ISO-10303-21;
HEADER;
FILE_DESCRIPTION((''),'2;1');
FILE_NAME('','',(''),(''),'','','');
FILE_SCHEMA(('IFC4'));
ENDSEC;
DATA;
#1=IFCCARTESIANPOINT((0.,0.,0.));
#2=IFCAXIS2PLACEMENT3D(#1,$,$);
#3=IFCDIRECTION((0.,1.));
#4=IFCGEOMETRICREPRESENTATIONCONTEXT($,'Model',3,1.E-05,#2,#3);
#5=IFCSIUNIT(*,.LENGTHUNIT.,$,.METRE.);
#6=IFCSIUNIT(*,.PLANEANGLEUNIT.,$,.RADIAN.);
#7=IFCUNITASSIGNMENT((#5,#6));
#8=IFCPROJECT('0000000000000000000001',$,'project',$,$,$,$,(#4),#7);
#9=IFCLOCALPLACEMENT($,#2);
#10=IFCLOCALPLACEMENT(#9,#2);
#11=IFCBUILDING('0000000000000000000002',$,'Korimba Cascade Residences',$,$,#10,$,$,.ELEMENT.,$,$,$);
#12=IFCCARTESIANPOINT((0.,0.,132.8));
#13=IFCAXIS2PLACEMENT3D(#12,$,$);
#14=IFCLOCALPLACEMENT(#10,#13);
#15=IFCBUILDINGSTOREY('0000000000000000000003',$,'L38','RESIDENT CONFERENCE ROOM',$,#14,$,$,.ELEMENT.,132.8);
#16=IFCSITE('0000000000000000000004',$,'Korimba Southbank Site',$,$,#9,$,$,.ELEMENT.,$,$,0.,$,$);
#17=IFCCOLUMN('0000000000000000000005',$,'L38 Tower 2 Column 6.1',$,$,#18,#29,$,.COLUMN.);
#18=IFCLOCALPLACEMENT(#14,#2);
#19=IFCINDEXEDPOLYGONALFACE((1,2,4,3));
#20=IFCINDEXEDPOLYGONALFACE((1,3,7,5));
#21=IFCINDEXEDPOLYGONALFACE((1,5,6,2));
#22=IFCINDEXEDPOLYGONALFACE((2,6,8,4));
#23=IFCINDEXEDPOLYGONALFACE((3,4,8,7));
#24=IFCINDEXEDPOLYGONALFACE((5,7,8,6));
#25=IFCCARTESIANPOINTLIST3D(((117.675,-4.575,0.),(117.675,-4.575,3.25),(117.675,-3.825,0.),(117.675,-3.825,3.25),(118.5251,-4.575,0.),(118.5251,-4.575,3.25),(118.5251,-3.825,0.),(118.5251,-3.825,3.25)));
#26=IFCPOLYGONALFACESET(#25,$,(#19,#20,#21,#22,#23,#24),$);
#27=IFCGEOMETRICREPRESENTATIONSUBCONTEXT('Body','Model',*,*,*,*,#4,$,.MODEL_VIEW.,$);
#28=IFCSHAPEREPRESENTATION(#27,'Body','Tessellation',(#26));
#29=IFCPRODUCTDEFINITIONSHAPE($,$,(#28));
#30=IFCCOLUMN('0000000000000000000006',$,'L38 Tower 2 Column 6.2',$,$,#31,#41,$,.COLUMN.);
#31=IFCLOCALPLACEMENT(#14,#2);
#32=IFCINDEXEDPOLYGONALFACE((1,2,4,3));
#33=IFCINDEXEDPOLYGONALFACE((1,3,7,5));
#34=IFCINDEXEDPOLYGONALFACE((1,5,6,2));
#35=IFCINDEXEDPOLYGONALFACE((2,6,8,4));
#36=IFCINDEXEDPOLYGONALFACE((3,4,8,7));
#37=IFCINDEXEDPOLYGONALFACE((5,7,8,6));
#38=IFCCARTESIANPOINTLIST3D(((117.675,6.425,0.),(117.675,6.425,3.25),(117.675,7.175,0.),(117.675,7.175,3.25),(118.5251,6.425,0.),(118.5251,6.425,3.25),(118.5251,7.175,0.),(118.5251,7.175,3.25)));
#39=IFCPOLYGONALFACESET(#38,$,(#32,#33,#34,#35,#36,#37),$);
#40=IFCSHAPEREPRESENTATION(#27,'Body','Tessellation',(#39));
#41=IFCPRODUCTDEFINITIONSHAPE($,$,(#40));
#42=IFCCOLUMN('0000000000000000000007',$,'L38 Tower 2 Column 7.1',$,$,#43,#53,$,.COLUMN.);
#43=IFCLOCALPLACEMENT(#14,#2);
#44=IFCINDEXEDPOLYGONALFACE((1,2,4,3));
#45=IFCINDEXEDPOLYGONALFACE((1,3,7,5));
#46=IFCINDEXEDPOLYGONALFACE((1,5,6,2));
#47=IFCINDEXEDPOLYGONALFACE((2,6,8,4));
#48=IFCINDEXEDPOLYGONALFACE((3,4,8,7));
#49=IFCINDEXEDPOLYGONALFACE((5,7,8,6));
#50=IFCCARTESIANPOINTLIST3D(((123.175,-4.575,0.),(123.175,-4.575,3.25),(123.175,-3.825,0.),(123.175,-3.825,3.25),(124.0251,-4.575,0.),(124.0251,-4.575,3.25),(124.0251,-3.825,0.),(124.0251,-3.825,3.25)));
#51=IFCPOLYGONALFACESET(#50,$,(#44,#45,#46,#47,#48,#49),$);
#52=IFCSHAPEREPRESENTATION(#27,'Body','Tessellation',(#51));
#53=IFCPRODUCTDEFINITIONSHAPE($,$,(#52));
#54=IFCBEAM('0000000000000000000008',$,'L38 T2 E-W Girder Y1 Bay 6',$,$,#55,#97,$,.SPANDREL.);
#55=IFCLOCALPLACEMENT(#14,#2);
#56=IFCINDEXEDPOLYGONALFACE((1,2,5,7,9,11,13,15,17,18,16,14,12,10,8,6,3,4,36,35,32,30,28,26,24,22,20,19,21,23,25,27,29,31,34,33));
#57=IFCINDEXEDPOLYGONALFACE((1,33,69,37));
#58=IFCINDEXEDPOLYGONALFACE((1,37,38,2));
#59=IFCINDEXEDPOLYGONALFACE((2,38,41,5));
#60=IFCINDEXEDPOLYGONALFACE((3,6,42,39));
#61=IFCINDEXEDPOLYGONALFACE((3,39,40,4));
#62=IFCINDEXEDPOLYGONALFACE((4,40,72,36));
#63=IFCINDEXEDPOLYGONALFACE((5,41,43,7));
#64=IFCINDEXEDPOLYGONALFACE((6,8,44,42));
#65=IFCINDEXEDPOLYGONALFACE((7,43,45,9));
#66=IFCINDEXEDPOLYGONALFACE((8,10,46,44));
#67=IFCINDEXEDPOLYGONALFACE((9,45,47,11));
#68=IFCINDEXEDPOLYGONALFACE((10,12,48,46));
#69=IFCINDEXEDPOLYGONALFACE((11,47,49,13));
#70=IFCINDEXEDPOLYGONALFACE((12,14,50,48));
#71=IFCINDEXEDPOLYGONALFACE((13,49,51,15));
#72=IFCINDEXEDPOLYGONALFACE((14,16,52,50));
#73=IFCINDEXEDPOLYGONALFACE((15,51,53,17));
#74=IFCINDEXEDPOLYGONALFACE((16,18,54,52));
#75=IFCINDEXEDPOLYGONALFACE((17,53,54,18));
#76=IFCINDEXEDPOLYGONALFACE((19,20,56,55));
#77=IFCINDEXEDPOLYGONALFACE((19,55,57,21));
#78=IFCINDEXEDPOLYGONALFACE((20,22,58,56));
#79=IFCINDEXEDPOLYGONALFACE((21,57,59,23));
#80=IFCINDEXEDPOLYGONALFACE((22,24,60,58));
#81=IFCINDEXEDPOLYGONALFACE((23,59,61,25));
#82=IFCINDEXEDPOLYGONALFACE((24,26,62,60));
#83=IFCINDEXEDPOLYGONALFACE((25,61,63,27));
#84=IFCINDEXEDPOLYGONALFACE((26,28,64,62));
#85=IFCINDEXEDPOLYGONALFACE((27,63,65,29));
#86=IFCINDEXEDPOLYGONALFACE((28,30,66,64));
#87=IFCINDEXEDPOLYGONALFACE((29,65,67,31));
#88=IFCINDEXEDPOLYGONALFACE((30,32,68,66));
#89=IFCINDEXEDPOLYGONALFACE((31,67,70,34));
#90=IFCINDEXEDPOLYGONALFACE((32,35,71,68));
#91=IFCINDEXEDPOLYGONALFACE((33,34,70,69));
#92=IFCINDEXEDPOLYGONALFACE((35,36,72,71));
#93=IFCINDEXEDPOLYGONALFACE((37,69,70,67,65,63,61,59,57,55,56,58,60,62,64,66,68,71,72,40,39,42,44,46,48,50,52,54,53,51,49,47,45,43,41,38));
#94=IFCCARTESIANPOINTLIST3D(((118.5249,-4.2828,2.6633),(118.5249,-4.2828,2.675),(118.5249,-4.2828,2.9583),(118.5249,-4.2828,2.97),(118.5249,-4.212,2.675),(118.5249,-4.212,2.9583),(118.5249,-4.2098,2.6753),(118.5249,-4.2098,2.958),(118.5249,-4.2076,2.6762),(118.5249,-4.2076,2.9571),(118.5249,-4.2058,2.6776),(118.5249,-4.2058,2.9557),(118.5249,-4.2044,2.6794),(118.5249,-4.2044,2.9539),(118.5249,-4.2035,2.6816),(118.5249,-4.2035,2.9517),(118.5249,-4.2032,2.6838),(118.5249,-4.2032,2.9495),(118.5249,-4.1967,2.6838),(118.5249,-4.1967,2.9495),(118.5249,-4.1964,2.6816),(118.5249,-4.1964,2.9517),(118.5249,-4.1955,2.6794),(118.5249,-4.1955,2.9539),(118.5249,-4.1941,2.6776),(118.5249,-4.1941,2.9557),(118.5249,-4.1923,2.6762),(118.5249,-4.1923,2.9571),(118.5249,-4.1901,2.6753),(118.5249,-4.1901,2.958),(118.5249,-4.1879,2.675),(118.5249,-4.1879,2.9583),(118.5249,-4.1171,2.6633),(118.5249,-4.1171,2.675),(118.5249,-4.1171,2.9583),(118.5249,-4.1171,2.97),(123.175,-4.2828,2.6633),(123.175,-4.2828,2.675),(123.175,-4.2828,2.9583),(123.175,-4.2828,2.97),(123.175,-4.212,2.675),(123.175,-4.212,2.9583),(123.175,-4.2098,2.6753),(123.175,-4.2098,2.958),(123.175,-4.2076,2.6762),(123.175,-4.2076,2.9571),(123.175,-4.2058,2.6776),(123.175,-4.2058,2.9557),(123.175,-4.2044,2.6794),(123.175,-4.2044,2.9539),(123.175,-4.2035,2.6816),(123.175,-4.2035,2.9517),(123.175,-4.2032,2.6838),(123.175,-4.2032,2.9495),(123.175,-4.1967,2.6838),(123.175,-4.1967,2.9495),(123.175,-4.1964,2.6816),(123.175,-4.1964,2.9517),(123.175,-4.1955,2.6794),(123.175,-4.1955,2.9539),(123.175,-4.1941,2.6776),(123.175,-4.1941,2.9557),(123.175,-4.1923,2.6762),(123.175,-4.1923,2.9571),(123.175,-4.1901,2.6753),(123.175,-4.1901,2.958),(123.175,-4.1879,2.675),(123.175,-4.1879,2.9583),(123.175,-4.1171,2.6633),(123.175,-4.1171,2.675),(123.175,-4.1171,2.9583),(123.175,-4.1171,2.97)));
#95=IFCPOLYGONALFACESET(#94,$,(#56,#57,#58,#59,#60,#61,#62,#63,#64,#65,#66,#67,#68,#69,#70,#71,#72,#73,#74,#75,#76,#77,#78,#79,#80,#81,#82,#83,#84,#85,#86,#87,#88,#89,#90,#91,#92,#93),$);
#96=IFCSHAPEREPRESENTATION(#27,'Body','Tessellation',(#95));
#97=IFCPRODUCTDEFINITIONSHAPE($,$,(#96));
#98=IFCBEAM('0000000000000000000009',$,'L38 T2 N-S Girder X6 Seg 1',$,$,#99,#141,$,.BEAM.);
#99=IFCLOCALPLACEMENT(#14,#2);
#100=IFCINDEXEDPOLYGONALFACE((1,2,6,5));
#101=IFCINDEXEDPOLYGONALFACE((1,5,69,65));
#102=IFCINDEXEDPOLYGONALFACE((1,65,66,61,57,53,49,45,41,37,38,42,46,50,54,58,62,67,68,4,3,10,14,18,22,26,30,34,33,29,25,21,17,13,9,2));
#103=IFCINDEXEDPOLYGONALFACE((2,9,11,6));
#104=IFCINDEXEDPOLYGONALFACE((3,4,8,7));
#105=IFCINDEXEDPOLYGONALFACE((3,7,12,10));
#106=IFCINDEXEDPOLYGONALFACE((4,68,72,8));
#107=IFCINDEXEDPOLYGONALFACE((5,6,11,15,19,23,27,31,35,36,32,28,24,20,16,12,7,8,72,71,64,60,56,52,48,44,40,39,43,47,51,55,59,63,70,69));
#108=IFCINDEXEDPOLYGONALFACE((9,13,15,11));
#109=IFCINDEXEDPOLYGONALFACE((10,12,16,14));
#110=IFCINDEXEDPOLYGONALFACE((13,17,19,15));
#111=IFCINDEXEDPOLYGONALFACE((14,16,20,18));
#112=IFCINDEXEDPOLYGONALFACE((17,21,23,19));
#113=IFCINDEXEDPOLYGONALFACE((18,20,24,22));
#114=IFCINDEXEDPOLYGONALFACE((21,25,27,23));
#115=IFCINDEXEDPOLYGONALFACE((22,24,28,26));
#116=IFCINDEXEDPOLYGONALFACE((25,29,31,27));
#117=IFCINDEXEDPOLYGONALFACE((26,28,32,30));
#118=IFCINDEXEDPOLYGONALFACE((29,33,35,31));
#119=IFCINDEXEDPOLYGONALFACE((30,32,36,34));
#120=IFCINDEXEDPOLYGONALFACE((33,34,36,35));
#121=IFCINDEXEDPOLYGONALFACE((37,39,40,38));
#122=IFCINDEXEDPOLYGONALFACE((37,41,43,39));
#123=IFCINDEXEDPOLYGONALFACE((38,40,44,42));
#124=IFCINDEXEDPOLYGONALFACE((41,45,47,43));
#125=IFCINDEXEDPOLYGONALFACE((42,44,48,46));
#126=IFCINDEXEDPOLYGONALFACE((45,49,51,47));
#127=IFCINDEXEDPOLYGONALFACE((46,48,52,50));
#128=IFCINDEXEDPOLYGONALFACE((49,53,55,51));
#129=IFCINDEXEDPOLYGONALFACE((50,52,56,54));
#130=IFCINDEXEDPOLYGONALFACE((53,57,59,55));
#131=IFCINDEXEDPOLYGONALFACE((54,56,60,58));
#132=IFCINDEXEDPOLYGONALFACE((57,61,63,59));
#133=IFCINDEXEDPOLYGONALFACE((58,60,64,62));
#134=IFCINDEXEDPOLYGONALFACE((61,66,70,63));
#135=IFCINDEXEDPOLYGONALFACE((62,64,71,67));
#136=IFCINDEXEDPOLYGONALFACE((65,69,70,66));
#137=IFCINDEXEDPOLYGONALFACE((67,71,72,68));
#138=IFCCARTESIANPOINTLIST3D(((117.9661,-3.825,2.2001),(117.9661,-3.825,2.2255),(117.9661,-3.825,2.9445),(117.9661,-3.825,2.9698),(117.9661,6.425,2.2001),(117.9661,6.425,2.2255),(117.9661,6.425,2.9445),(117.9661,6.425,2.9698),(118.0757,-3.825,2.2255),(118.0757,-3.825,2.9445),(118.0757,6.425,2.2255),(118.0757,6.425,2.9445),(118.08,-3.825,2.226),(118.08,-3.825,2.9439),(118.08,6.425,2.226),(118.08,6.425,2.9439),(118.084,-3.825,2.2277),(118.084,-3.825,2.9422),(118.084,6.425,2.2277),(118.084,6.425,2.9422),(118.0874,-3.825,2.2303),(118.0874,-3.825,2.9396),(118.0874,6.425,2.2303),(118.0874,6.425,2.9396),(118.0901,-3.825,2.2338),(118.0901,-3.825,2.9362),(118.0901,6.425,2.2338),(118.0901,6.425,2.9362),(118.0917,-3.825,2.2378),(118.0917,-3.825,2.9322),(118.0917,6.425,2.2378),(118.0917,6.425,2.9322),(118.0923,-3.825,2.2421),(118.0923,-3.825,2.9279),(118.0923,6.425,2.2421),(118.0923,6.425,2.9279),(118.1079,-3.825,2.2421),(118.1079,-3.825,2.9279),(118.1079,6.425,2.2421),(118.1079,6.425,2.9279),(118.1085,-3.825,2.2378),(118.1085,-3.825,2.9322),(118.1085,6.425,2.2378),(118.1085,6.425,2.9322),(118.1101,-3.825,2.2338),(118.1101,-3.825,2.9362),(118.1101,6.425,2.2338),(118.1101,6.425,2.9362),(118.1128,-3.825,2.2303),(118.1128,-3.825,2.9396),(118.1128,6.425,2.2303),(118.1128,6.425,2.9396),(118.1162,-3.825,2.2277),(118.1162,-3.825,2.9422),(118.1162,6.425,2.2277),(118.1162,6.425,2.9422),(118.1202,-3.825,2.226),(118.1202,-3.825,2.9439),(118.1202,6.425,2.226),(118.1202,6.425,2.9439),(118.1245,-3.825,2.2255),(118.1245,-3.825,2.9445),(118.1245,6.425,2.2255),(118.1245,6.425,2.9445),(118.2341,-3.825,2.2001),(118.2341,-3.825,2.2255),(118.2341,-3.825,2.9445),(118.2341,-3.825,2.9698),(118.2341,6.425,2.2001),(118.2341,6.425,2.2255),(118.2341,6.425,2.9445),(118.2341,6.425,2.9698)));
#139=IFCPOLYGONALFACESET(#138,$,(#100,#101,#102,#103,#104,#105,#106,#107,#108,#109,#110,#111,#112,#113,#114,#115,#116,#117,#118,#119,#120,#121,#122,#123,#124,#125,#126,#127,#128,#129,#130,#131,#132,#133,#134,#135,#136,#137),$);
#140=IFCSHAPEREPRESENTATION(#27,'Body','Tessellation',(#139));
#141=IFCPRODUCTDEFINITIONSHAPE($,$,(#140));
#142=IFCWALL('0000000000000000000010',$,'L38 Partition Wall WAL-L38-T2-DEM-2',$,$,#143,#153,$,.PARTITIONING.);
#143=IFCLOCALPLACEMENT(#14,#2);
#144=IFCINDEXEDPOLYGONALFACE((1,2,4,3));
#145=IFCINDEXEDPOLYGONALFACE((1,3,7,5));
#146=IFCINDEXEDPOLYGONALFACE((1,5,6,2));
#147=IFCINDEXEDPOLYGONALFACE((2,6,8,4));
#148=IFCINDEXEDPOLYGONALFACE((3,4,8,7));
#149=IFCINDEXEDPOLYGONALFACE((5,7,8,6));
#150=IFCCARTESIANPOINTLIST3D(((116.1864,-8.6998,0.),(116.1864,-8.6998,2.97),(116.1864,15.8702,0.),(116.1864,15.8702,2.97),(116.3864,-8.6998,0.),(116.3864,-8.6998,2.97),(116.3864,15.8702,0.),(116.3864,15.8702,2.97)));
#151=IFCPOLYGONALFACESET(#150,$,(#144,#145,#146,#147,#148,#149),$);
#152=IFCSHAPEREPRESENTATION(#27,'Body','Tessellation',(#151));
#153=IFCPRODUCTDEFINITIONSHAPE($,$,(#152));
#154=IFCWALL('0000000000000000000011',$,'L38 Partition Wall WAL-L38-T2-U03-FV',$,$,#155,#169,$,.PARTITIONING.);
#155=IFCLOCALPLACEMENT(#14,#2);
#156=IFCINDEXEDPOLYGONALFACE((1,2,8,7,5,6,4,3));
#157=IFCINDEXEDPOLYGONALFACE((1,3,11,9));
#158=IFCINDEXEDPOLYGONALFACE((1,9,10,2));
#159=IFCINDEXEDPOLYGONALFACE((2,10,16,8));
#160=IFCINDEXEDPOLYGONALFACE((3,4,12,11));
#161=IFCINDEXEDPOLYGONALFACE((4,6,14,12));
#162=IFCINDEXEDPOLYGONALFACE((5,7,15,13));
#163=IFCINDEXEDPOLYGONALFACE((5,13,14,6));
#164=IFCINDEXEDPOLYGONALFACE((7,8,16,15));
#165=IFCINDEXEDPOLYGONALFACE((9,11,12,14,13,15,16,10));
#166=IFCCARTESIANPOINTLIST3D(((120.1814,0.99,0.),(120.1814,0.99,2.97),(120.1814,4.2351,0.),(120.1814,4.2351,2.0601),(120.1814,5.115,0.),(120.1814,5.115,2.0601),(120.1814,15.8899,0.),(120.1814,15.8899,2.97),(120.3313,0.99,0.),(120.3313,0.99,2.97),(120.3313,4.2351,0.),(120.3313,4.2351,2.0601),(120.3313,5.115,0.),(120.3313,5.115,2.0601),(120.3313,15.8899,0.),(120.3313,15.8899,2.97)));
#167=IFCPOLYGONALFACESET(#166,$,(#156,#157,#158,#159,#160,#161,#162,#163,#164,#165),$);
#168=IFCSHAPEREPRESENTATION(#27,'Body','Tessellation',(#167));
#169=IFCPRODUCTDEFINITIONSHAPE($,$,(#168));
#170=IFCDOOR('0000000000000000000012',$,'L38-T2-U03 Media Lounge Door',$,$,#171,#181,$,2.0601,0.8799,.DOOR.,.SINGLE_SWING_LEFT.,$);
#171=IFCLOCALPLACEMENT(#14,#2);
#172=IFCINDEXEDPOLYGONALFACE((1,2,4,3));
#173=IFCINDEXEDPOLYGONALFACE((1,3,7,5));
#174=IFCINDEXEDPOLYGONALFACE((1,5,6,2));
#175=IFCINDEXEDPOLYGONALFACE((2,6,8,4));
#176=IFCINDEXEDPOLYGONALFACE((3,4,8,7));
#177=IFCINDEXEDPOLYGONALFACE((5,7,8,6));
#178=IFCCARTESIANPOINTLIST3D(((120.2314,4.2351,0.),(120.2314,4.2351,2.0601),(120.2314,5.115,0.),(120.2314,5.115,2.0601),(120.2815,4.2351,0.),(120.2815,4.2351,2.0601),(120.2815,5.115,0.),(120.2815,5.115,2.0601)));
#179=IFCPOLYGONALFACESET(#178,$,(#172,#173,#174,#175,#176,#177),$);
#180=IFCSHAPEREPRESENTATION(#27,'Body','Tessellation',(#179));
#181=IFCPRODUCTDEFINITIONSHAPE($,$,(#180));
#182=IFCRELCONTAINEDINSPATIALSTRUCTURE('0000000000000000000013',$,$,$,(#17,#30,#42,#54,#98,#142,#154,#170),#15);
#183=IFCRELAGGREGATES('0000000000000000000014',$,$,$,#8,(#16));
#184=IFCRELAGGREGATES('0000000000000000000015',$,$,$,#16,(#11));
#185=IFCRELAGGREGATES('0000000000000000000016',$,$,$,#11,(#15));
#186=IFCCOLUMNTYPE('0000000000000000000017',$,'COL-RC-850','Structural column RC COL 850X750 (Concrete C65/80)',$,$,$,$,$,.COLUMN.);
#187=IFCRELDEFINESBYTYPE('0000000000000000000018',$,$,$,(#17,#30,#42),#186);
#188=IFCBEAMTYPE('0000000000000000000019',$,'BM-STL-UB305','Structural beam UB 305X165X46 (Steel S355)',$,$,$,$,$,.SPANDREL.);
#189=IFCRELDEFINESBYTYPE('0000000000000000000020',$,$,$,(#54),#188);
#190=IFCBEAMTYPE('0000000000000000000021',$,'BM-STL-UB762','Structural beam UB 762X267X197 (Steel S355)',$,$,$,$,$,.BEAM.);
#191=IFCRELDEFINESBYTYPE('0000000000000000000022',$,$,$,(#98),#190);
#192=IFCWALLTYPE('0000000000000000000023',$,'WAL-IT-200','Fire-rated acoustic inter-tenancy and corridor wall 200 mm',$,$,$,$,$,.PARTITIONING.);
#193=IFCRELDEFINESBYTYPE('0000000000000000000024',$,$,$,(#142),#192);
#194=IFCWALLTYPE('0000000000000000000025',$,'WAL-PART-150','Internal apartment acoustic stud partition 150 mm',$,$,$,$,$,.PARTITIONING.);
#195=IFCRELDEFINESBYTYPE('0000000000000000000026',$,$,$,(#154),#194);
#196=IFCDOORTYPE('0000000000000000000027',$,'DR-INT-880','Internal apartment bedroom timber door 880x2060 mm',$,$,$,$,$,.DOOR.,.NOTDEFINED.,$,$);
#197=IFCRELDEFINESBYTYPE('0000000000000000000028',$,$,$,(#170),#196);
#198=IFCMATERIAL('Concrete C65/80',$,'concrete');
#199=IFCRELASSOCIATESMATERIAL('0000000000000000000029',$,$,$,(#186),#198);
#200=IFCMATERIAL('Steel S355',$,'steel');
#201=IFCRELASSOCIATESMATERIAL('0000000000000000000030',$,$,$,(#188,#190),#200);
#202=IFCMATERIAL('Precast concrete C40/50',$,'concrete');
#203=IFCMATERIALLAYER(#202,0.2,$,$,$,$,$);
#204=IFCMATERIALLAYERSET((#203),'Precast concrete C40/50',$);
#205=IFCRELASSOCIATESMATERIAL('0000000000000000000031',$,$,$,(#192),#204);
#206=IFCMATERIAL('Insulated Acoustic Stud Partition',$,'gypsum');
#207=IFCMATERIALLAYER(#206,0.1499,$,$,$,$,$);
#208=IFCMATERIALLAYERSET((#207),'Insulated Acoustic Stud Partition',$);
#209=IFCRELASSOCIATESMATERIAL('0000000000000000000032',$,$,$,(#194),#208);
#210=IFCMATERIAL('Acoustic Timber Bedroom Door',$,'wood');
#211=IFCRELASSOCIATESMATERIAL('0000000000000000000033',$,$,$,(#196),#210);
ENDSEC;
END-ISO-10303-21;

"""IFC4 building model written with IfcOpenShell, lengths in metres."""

from ifc_helpers import new_model, si_unit, direction, frame, frame_2d, origin, origin_2d, place, context, subcontext, project, spatial, rectangle, i_section, extrude, material, layer, layer_set, material_profile, profile_set, type_object, element, fill, save


model = new_model("IFC4")

# Units and contexts
model_context = context("Model", 3, precision=1e-05, world=origin(), true_north=direction((0.0, 1.0)))
body_context = subcontext(model_context, "Body", "Model", "MODEL_VIEW")
ifc_project = project(units=[si_unit("LENGTHUNIT", "METRE"), si_unit("PLANEANGLEUNIT", "RADIAN")], contexts=[model_context])

# Site, building, storey
site_placement = place(None, origin())
site = spatial("IfcSite", under=ifc_project, at=site_placement, Name="Korimba Southbank Site", CompositionType="ELEMENT", RefElevation=0.0)
building_placement = place(site_placement, origin())
building = spatial("IfcBuilding", under=site, at=building_placement, Name="Korimba Cascade Residences", CompositionType="ELEMENT")
storey_placement = place(building_placement, frame((0.0, 0.0, 132.8)))
storey = spatial("IfcBuildingStorey", under=building, at=storey_placement, Name="L38", Description="RESIDENT CONFERENCE ROOM", CompositionType="ELEMENT", Elevation=132.8)

# Columns
ifc_material_1 = material(Name="Concrete C65/80", Category="concrete")
ifc_material_profile_1 = material_profile(ifc_material_1, rectangle(XDim=0.8501, YDim=0.75, at=origin_2d()), Name="Concrete C65/80")
ifc_profile_set_1 = profile_set([ifc_material_profile_1], Name="Concrete C65/80")
column_type = type_object("IfcColumnType", Name="COL-RC-850", Description="Structural column RC COL 850X750 (Concrete C65/80)", PredefinedType="COLUMN", material=ifc_profile_set_1)
for number, where, z_axis, x_axis, name in (
    (1, (118.1001, -4.2, 0.0), (0.0, 0.0, 1.0), (1.0, 0.0, 0.0), "L38 Tower 2 Column 6.1"),
    (2, (118.1001, 6.8, 0.0), (0.0, 0.0, 1.0), (1.0, 0.0, 0.0), "L38 Tower 2 Column 6.2"),
    (3, (123.6001, -4.2, 0.0), (0.0, 0.0, 1.0), (1.0, 0.0, 0.0), "L38 Tower 2 Column 7.1"),
):
    element("IfcColumn", number, at=place(storey_placement, frame(where, z_axis=z_axis, x_axis=x_axis)), inside=storey, type_object=column_type, Name=name, PredefinedType="COLUMN", context=body_context, shape_type="SweptSolid", body=[
        extrude(rectangle(XDim=0.8501, YDim=0.75, at=origin_2d()), origin(), (0.0, 0.0, 1.0), 3.25),
    ])

# Beams
ifc_material_2 = material(Name="Steel S355", Category="steel")
ifc_material_profile_2 = material_profile(ifc_material_2, i_section(OverallWidth=0.1658, OverallDepth=0.3066, WebThickness=0.0066, FlangeThickness=0.0117, FilletRadius=0.0088, at=origin_2d()), Name="Steel S355")
ifc_profile_set_2 = profile_set([ifc_material_profile_2], Name="Steel S355")
beam_type_1 = type_object("IfcBeamType", Name="BM-STL-UB305", Description="Structural beam UB 305X165X46 (Steel S355)", PredefinedType="SPANDREL", material=ifc_profile_set_2)
beam_1_placement = place(storey_placement, frame((118.5249, -4.2, 2.8167), z_axis=(1.0, 0.0, 0.0), x_axis=(0.0, 1.0, 0.0)))
element("IfcBeam", 4, at=beam_1_placement, inside=storey, type_object=beam_type_1, Name="L38 T2 E-W Girder Y1 Bay 6", PredefinedType="SPANDREL", context=body_context, shape_type="SweptSolid", body=[
    extrude(i_section(OverallWidth=0.1658, OverallDepth=0.3066, WebThickness=0.0066, FlangeThickness=0.0117, FilletRadius=0.0088, at=origin_2d()), origin(), (0.0, 0.0, 1.0), 4.6501),
])
ifc_material_profile_3 = material_profile(ifc_material_2, i_section(OverallWidth=0.2681, OverallDepth=0.7698, WebThickness=0.0156, FlangeThickness=0.0254, FilletRadius=0.0166, at=origin_2d()), Name="Steel S355")
ifc_profile_set_3 = profile_set([ifc_material_profile_3], Name="Steel S355")
beam_type_2 = type_object("IfcBeamType", Name="BM-STL-UB762", Description="Structural beam UB 762X267X197 (Steel S355)", PredefinedType="BEAM", material=ifc_profile_set_3)
beam_2_placement = place(storey_placement, frame((118.1001, -3.825, 2.585), z_axis=(0.0, 1.0, 0.0), x_axis=(-1.0, 0.0, 0.0)))
element("IfcBeam", 5, at=beam_2_placement, inside=storey, type_object=beam_type_2, Name="L38 T2 N-S Girder X6 Seg 1", PredefinedType="BEAM", context=body_context, shape_type="SweptSolid", body=[
    extrude(i_section(OverallWidth=0.2681, OverallDepth=0.7698, WebThickness=0.0156, FlangeThickness=0.0254, FilletRadius=0.0166, at=origin_2d()), origin(), (0.0, 0.0, 1.0), 10.25),
])

# Wall
ifc_material_3 = material(Name="Precast concrete C40/50", Category="concrete")
ifc_layer_1 = layer(ifc_material_3, 0.2)
ifc_layer_set_1 = layer_set([ifc_layer_1], Name="Precast concrete C40/50")
wall_type_1 = type_object("IfcWallType", Name="WAL-IT-200", Description="Fire-rated acoustic inter-tenancy and corridor wall 200 mm", PredefinedType="PARTITIONING", material=ifc_layer_set_1)
wall_1_placement = place(storey_placement, frame((116.2864, -8.7, 0.0), z_axis=(0.0, 0.0, 1.0), x_axis=(0.0, 1.0, 0.0)))
element("IfcWall", 6, at=wall_1_placement, inside=storey, type_object=wall_type_1, Name="L38 Partition Wall WAL-L38-T2-DEM-2", PredefinedType="PARTITIONING", context=body_context, shape_type="SweptSolid", body=[
    extrude(rectangle(XDim=24.5701, YDim=0.2, at=frame_2d((12.2852, 0.0))), origin(), (0.0, 0.0, 1.0), 2.97),
])

# Wall, opening, door
ifc_material_4 = material(Name="Insulated Acoustic Stud Partition", Category="gypsum")
ifc_layer_2 = layer(ifc_material_4, 0.1499)
ifc_layer_set_2 = layer_set([ifc_layer_2], Name="Insulated Acoustic Stud Partition")
wall_type_2 = type_object("IfcWallType", Name="WAL-PART-150", Description="Internal apartment acoustic stud partition 150 mm", PredefinedType="PARTITIONING", material=ifc_layer_set_2)
wall_2_placement = place(storey_placement, frame((120.2563, 0.99, 0.0), z_axis=(0.0, 0.0, 1.0), x_axis=(0.0, 1.0, 0.0)))
wall_2 = element("IfcWall", 7, at=wall_2_placement, inside=storey, type_object=wall_type_2, Name="L38 Partition Wall WAL-L38-T2-U03-FV", PredefinedType="PARTITIONING", context=body_context, shape_type="SweptSolid", body=[
    extrude(rectangle(XDim=14.8999, YDim=0.1499, at=frame_2d((7.45, 0.0))), origin(), (0.0, 0.0, 1.0), 2.97),
])
opening_1_placement = place(wall_2_placement, frame((3.2451, 0.0, 0.0)))
opening_1 = element("IfcOpeningElement", 8, at=opening_1_placement, cuts=wall_2, PredefinedType="OPENING", context=body_context, shape_type="SweptSolid", body=[
    extrude(rectangle(XDim=0.8799, YDim=2.0601, at=frame_2d((0.4399, 1.03))), frame((0.0, 0.085, 0.0), z_axis=(0.0, -1.0, 0.0), x_axis=(1.0, 0.0, 0.0)), (0.0, 0.0, 1.0), 0.1699),
])
ifc_material_5 = material(Name="Acoustic Timber Bedroom Door", Category="wood")
door_type_1 = type_object("IfcDoorType", Name="DR-INT-880", Description="Internal apartment bedroom timber door 880x2060 mm", OperationType="NOTDEFINED", PredefinedType="DOOR", material=ifc_material_5)
door_1_placement = place(opening_1_placement, origin())
door_1 = element("IfcDoor", 9, at=door_1_placement, inside=storey, type_object=door_type_1, Name="L38-T2-U03 Media Lounge Door", OperationType="SINGLE_SWING_LEFT", OverallHeight=2.0601, OverallWidth=0.8799, PredefinedType="DOOR", context=body_context, shape_type="SweptSolid", body=[
    extrude(rectangle(XDim=0.8799, YDim=2.0601, at=frame_2d((0.4399, 1.03))), frame((0.0, 0.0249, 0.0), z_axis=(0.0, -1.0, 0.0), x_axis=(1.0, 0.0, 0.0)), (0.0, 0.0, 1.0), 0.05),
])
fill(opening_1, door_1)

save(model, "model.ifc")
